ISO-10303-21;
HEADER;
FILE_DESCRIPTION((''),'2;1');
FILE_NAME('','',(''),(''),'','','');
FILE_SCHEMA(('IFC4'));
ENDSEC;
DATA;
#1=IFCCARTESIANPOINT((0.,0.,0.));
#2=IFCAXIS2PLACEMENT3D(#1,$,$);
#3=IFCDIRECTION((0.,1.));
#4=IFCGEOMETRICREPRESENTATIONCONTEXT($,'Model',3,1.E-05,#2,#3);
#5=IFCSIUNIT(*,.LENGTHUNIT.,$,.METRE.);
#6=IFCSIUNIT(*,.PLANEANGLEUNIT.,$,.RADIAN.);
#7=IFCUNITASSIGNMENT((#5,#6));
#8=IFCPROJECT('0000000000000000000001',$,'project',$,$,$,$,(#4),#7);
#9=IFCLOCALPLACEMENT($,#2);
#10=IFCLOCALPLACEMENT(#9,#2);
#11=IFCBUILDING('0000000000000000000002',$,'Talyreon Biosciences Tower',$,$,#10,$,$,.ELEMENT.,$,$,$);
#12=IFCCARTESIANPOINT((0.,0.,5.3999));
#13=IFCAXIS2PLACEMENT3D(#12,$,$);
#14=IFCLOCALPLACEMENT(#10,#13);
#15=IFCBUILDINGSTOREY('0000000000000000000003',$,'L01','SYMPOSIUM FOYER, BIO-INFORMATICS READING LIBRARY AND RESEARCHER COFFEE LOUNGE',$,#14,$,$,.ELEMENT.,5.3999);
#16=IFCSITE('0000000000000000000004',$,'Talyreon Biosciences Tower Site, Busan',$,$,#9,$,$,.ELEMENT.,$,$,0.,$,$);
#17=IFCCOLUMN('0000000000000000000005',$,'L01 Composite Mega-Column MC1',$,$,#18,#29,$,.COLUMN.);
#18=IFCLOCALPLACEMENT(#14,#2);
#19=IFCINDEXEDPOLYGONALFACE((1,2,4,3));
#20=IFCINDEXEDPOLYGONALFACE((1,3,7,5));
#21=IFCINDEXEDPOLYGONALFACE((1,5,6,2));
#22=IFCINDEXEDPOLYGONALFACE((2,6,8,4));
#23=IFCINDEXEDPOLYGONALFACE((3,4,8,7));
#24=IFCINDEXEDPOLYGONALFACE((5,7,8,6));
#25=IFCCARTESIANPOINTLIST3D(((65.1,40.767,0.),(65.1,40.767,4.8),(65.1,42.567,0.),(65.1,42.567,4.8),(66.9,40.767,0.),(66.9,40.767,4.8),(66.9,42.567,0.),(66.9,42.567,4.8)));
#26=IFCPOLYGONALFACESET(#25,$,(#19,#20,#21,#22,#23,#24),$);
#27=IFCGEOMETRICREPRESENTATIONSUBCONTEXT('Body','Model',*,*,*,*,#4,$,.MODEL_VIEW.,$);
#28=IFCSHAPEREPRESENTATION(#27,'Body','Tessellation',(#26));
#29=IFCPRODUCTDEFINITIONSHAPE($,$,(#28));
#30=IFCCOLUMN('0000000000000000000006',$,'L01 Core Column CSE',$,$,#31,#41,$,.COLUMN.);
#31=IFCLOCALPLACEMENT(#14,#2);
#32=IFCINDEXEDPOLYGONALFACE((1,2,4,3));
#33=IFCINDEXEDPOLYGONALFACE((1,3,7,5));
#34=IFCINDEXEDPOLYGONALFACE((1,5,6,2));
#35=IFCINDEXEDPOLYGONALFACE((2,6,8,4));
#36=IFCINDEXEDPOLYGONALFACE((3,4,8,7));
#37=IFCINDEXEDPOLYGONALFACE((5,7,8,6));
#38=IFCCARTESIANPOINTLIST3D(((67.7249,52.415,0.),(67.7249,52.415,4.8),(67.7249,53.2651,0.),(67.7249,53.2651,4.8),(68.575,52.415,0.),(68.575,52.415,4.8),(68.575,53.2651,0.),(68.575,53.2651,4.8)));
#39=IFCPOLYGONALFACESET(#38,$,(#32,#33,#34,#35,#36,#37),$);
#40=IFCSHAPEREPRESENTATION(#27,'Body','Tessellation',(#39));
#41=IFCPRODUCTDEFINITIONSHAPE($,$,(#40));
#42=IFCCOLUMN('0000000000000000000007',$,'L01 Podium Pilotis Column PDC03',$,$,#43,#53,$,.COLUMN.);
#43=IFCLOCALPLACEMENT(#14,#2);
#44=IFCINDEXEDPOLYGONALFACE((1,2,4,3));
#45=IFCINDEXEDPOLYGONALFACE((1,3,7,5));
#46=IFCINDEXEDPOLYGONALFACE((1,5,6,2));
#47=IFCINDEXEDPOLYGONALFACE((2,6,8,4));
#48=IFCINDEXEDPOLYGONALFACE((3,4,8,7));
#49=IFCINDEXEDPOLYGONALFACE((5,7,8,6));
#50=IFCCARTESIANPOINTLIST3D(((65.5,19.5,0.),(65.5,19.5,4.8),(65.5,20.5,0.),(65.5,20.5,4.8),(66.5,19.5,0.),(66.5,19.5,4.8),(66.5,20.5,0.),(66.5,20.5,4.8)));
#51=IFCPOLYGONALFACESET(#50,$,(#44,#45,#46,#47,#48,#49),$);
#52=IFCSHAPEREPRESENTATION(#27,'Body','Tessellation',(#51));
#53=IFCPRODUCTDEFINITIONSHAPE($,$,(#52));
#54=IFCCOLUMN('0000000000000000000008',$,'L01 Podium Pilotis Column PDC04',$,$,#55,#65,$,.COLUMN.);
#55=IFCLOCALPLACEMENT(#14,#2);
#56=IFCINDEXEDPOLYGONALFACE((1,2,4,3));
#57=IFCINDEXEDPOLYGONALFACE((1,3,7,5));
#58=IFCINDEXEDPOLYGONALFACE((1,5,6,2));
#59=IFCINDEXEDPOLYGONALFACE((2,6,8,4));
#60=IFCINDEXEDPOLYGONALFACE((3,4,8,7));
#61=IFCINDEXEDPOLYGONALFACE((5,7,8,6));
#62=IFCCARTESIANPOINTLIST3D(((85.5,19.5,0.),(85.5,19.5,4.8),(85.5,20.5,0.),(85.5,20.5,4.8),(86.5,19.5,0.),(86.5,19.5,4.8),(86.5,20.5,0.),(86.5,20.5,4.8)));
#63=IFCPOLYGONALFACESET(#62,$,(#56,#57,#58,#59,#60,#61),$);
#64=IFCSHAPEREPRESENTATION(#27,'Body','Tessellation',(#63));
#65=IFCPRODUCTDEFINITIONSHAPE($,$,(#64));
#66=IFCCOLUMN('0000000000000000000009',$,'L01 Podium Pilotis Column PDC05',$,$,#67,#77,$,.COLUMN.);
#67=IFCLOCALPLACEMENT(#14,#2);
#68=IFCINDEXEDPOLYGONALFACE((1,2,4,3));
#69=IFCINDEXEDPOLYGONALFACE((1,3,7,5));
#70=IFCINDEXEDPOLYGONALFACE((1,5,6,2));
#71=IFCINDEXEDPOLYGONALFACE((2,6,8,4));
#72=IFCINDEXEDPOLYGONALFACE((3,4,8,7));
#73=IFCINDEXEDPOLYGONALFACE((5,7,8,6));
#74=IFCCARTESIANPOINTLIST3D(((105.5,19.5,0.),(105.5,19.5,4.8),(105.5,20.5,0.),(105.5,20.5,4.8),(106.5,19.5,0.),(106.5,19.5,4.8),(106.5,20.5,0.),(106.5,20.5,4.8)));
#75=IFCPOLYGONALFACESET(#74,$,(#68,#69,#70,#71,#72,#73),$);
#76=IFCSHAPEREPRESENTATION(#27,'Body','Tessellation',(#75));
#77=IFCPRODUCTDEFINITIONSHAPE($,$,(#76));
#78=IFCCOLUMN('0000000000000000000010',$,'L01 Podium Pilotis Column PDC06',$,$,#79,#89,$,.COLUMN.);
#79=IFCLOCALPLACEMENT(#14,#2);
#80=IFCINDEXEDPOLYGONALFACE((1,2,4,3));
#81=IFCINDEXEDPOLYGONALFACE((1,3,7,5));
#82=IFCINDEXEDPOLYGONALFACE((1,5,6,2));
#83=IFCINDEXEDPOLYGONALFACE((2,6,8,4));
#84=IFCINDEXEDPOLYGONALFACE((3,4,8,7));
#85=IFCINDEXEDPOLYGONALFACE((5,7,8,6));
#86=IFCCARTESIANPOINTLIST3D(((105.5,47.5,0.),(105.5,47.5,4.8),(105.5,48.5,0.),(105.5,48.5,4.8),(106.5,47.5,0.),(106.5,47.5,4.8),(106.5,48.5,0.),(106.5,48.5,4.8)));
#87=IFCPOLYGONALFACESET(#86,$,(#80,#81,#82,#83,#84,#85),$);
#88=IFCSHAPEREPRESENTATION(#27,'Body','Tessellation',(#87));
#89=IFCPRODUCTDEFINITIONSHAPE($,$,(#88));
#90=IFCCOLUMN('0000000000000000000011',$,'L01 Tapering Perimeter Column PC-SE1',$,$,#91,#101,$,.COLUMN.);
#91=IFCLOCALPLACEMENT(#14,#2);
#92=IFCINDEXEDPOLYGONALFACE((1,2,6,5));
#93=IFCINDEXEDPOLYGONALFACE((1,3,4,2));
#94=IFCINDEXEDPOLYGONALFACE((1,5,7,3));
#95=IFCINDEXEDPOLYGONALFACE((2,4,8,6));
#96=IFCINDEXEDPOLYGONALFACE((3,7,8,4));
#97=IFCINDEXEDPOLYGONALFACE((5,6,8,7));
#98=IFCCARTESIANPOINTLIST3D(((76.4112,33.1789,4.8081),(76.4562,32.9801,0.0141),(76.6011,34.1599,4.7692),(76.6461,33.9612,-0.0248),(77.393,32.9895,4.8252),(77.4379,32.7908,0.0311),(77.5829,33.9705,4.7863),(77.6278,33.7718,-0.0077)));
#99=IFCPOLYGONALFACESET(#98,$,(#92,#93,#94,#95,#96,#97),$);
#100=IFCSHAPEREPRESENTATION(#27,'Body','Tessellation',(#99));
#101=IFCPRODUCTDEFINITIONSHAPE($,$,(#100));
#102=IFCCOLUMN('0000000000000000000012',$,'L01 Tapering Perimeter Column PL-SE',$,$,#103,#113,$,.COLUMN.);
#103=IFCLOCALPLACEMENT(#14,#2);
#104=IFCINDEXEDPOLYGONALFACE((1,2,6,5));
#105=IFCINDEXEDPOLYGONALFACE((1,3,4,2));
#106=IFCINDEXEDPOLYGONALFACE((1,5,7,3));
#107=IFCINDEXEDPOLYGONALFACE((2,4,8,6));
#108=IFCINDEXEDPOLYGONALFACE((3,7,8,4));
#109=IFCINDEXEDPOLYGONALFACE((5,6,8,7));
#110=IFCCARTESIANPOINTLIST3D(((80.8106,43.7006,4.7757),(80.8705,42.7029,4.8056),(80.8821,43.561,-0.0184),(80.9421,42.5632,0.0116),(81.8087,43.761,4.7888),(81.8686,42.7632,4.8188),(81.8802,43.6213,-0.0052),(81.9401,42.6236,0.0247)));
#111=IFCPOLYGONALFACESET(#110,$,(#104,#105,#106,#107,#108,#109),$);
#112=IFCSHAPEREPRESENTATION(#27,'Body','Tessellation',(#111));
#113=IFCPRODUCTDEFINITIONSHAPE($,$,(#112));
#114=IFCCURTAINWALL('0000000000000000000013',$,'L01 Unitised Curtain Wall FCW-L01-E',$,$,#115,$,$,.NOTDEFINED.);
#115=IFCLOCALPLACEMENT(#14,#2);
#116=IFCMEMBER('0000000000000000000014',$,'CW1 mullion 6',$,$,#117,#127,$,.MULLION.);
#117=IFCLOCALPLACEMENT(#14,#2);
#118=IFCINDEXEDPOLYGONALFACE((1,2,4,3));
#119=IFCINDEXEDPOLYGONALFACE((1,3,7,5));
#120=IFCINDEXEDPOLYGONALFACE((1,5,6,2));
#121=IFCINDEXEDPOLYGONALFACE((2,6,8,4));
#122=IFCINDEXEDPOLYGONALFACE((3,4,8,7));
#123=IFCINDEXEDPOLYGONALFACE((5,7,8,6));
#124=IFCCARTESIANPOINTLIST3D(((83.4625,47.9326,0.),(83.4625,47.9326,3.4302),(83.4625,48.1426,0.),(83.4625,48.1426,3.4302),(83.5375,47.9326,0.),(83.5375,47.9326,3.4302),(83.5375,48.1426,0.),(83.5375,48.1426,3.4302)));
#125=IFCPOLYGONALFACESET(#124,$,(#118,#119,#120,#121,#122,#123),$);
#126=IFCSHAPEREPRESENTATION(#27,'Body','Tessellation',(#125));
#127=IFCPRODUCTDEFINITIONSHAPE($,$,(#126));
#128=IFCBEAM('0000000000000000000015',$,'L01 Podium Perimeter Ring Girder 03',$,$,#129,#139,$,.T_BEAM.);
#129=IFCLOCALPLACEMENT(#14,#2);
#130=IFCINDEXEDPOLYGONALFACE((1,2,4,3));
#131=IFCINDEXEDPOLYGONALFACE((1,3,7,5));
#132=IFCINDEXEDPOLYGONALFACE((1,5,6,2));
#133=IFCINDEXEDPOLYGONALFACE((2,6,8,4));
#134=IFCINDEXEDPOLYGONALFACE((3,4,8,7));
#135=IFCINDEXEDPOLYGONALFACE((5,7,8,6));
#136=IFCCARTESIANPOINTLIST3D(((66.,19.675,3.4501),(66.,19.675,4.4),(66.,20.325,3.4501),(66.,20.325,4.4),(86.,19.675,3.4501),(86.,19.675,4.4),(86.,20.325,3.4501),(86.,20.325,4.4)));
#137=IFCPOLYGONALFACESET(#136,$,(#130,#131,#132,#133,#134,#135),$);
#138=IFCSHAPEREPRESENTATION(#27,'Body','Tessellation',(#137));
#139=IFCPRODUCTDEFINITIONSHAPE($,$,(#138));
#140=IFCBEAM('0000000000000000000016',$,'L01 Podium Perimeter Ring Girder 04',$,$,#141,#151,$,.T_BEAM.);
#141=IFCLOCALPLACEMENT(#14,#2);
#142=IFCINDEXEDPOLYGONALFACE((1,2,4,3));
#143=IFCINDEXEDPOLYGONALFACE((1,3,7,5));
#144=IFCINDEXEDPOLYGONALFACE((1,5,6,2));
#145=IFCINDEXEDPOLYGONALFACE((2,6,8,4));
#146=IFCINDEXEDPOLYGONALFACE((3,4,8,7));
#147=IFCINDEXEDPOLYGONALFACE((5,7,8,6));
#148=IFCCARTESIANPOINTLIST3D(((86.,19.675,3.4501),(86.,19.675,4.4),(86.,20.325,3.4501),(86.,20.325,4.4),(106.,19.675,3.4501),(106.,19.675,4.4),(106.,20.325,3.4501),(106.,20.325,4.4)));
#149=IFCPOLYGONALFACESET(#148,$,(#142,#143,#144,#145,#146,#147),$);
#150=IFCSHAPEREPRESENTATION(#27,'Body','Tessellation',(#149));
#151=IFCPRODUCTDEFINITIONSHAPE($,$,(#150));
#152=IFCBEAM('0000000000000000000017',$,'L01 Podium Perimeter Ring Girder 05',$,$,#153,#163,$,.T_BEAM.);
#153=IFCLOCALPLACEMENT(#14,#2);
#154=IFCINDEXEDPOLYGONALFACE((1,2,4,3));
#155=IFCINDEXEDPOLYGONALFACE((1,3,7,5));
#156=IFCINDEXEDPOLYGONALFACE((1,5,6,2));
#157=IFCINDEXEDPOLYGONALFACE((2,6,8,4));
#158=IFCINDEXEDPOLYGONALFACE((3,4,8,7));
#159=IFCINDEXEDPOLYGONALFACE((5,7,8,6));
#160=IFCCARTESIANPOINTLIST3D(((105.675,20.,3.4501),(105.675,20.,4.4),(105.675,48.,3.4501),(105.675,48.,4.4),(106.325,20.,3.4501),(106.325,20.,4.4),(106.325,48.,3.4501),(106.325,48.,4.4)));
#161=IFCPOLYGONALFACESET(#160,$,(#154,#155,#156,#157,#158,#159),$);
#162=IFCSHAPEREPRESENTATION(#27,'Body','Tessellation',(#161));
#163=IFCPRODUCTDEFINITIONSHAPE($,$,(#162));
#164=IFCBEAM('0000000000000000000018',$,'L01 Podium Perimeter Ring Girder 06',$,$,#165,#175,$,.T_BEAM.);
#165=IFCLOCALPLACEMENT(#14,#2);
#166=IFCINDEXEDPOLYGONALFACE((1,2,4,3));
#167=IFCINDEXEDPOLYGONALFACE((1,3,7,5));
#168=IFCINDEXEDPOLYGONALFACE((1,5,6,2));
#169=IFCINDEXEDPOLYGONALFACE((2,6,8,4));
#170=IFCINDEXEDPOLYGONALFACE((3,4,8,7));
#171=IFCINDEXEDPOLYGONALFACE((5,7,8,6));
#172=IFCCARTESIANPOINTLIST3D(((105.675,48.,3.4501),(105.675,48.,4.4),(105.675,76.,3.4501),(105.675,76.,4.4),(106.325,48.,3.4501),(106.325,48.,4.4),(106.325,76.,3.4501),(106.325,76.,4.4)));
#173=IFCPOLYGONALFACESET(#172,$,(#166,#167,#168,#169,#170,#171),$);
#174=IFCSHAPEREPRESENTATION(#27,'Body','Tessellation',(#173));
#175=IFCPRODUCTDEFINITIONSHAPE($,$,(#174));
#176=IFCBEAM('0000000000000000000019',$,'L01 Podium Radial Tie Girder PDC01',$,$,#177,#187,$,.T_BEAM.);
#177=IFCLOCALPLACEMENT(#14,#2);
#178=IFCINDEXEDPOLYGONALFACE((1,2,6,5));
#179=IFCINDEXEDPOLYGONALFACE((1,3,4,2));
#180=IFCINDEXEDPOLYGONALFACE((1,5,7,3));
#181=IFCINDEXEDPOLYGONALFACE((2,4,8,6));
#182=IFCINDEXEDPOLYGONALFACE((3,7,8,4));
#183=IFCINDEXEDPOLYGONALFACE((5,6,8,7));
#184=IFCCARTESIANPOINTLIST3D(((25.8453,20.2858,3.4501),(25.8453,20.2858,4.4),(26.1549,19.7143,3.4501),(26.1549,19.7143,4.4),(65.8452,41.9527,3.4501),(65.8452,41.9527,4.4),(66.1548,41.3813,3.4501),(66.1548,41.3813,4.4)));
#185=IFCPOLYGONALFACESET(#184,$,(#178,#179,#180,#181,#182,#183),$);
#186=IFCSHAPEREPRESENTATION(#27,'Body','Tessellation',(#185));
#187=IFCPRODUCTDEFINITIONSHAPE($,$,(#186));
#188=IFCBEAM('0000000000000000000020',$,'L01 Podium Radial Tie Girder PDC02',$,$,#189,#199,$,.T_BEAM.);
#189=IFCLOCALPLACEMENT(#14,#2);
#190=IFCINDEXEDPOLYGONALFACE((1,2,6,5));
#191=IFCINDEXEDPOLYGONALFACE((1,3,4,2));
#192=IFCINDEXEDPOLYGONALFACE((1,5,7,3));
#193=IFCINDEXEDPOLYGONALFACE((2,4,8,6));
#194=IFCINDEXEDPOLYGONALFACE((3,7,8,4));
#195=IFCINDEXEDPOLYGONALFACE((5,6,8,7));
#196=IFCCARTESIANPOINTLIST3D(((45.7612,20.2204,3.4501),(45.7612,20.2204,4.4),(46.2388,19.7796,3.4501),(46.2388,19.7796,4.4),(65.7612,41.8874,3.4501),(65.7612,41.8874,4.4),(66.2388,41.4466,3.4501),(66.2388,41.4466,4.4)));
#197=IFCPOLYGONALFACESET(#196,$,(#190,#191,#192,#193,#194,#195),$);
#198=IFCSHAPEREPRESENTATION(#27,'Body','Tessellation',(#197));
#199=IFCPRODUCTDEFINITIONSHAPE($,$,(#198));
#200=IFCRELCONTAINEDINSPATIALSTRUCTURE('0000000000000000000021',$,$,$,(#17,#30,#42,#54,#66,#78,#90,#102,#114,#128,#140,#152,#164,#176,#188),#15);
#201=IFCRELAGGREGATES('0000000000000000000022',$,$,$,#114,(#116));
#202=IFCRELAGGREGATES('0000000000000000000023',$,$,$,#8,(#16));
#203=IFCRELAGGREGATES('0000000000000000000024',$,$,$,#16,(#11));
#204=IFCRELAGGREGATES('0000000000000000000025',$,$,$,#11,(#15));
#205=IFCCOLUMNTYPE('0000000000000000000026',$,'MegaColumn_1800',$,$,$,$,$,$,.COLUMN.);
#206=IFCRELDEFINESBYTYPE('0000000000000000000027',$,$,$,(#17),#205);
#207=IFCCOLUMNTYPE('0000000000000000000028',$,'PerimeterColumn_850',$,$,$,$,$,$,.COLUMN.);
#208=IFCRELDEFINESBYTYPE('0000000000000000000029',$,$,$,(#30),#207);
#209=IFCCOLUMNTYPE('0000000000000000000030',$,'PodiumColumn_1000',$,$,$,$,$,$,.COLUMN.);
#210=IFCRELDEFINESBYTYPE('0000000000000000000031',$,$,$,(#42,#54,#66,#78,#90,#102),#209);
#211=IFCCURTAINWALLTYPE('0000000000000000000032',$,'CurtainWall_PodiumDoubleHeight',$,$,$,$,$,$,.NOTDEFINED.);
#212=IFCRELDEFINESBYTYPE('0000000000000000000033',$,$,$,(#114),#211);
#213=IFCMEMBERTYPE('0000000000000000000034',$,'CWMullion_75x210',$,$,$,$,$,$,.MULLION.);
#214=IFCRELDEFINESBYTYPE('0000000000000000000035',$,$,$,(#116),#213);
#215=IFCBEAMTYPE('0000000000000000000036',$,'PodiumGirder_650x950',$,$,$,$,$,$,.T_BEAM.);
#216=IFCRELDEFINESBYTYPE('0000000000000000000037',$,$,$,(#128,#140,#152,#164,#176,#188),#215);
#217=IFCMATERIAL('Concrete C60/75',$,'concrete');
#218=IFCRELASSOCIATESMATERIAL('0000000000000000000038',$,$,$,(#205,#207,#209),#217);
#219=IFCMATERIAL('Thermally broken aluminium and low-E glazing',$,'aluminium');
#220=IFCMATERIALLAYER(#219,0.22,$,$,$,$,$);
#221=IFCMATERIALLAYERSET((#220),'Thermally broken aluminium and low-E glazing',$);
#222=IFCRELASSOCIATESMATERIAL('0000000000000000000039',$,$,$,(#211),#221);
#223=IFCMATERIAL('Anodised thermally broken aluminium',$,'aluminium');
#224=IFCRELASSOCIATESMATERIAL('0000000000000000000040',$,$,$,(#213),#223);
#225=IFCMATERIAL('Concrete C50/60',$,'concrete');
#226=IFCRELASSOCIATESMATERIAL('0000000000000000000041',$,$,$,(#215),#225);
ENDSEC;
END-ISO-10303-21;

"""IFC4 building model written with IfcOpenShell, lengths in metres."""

from ifc_helpers import new_model, si_unit, direction, frame, origin, origin_2d, place, context, subcontext, project, spatial, rectangle, extrude, material, layer, layer_set, material_profile, profile_set, type_object, element, aggregate, save


model = new_model("IFC4")

# Units and contexts
model_context = context("Model", 3, precision=1e-05, world=origin(), true_north=direction((0.0, 1.0)))
body_context = subcontext(model_context, "Body", "Model", "MODEL_VIEW")
ifc_project = project(units=[si_unit("LENGTHUNIT", "METRE"), si_unit("PLANEANGLEUNIT", "RADIAN")], contexts=[model_context])

# Site, building, storey
site_placement = place(None, origin())
site = spatial("IfcSite", under=ifc_project, at=site_placement, Name="Talyreon Biosciences Tower Site, Busan", CompositionType="ELEMENT", RefElevation=0.0)
building_placement = place(site_placement, origin())
building = spatial("IfcBuilding", under=site, at=building_placement, Name="Talyreon Biosciences Tower", CompositionType="ELEMENT")
storey_placement = place(building_placement, frame((0.0, 0.0, 5.3999)))
storey = spatial("IfcBuildingStorey", under=building, at=storey_placement, Name="L01", Description="SYMPOSIUM FOYER, BIO-INFORMATICS READING LIBRARY AND RESEARCHER COFFEE LOUNGE", CompositionType="ELEMENT", Elevation=5.3999)

# Columns
ifc_material_1 = material(Name="Concrete C60/75", Category="concrete")
ifc_material_profile_1 = material_profile(ifc_material_1, rectangle(XDim=1.8, YDim=1.8, at=origin_2d()), Name="RC 1800x1800")
ifc_profile_set_1 = profile_set([ifc_material_profile_1], Name="Concrete C60/75")
column_type_1 = type_object("IfcColumnType", Name="MegaColumn_1800", PredefinedType="COLUMN", material=ifc_profile_set_1)
column_1_placement = place(storey_placement, frame((66.0, 41.667, 0.0), z_axis=(0.0, 0.0, 1.0), x_axis=(1.0, 0.0, 0.0)))
element("IfcColumn", 1, at=column_1_placement, inside=storey, type_object=column_type_1, Name="L01 Composite Mega-Column MC1", PredefinedType="COLUMN", context=body_context, shape_type="SweptSolid", body=[
    extrude(rectangle(XDim=1.8, YDim=1.8, at=origin_2d()), origin(), (0.0, 0.0, 1.0), 4.8),
])
ifc_material_profile_2 = material_profile(ifc_material_1, rectangle(XDim=0.8501, YDim=0.8501, at=origin_2d()), Name="RC 850x850")
ifc_profile_set_2 = profile_set([ifc_material_profile_2], Name="Concrete C60/75")
column_type_2 = type_object("IfcColumnType", Name="PerimeterColumn_850", PredefinedType="COLUMN", material=ifc_profile_set_2)
column_2_placement = place(storey_placement, frame((68.1499, 52.8401, 0.0), z_axis=(0.0, 0.0, 1.0), x_axis=(1.0, 0.0, 0.0)))
element("IfcColumn", 2, at=column_2_placement, inside=storey, type_object=column_type_2, Name="L01 Core Column CSE", PredefinedType="COLUMN", context=body_context, shape_type="SweptSolid", body=[
    extrude(rectangle(XDim=0.8501, YDim=0.8501, at=origin_2d()), origin(), (0.0, 0.0, 1.0), 4.8),
])
ifc_material_profile_3 = material_profile(ifc_material_1, rectangle(XDim=1.0, YDim=1.0, at=origin_2d()), Name="RC 1000x1000")
ifc_profile_set_3 = profile_set([ifc_material_profile_3], Name="Concrete C60/75")
column_type_3 = type_object("IfcColumnType", Name="PodiumColumn_1000", PredefinedType="COLUMN", material=ifc_profile_set_3)
for number, where, z_axis, x_axis, name in (
    (3, (66.0, 20.0, 0.0), (0.0, 0.0, 1.0), (1.0, 0.0, 0.0), "L01 Podium Pilotis Column PDC03"),
    (4, (86.0, 20.0, 0.0), (0.0, 0.0, 1.0), (1.0, 0.0, 0.0), "L01 Podium Pilotis Column PDC04"),
    (5, (106.0, 20.0, 0.0), (0.0, 0.0, 1.0), (1.0, 0.0, 0.0), "L01 Podium Pilotis Column PDC05"),
    (6, (106.0, 48.0, 0.0), (0.0, 0.0, 1.0), (1.0, 0.0, 0.0), "L01 Podium Pilotis Column PDC06"),
):
    element("IfcColumn", number, at=place(storey_placement, frame(where, z_axis=z_axis, x_axis=x_axis)), inside=storey, type_object=column_type_3, Name=name, PredefinedType="COLUMN", context=body_context, shape_type="SweptSolid", body=[
        extrude(rectangle(XDim=1.0, YDim=1.0, at=origin_2d()), origin(), (0.0, 0.0, 1.0), 4.8),
    ])
column_3_placement = place(storey_placement, frame((77.042, 33.376, 0.0032), z_axis=(-0.009362, 0.041417, 0.999098), x_axis=(-0.189906, -0.981032, 0.038889)))
element("IfcColumn", 7, at=column_3_placement, inside=storey, type_object=column_type_3, Name="L01 Tapering Perimeter Column PC-SE1", PredefinedType="COLUMN", context=body_context, shape_type="SweptSolid", body=[
    extrude(rectangle(XDim=1.0, YDim=1.0, at=origin_2d()), origin(), (0.0, 0.0, 1.0), 4.7983),
])
column_4_placement = place(storey_placement, frame((81.4111, 43.0923, 0.0032), z_axis=(-0.014914, 0.029115, 0.999465), x_axis=(0.059941, -0.997752, 0.029959)))
element("IfcColumn", 8, at=column_4_placement, inside=storey, type_object=column_type_3, Name="L01 Tapering Perimeter Column PL-SE", PredefinedType="COLUMN", context=body_context, shape_type="SweptSolid", body=[
    extrude(rectangle(XDim=1.0, YDim=1.0, at=origin_2d()), origin(), (0.0, 0.0, 1.0), 4.7966),
])

# Curtain wall, member
ifc_material_2 = material(Name="Thermally broken aluminium and low-E glazing", Category="aluminium")
ifc_layer_1 = layer(ifc_material_2, 0.22)
ifc_layer_set_1 = layer_set([ifc_layer_1], Name="Thermally broken aluminium and low-E glazing")
curtain_wall_type = type_object("IfcCurtainWallType", Name="CurtainWall_PodiumDoubleHeight", PredefinedType="NOTDEFINED", material=ifc_layer_set_1)
curtain_wall_placement = place(storey_placement, origin())
curtain_wall = element("IfcCurtainWall", 9, at=curtain_wall_placement, inside=storey, type_object=curtain_wall_type, Name="L01 Unitised Curtain Wall FCW-L01-E", PredefinedType="NOTDEFINED")
ifc_material_3 = material(Name="Anodised thermally broken aluminium", Category="aluminium")
ifc_material_profile_4 = material_profile(ifc_material_3, rectangle(XDim=0.075, YDim=0.21, at=origin_2d()), Name="ALUM MULLION 75x210")
ifc_profile_set_4 = profile_set([ifc_material_profile_4], Name="Anodised thermally broken aluminium")
member_type = type_object("IfcMemberType", Name="CWMullion_75x210", PredefinedType="MULLION", material=ifc_profile_set_4)
member_placement = place(storey_placement, frame((83.5, 48.0376, 0.0), z_axis=(0.0, 0.0, 1.0), x_axis=(1.0, 0.0, 0.0)))
member = element("IfcMember", 10, at=member_placement, type_object=member_type, Name="CW1 mullion 6", PredefinedType="MULLION", context=body_context, shape_type="SweptSolid", body=[
    extrude(rectangle(XDim=0.075, YDim=0.21, at=origin_2d()), origin(), (0.0, 0.0, 1.0), 3.4302),
])

# Beams
ifc_material_4 = material(Name="Concrete C50/60", Category="concrete")
ifc_material_profile_5 = material_profile(ifc_material_4, rectangle(XDim=0.6499, YDim=0.95, at=origin_2d()), Name="RCB 650x950")
ifc_profile_set_5 = profile_set([ifc_material_profile_5], Name="Concrete C50/60")
beam_type_1 = type_object("IfcBeamType", Name="PodiumGirder_650x950", PredefinedType="T_BEAM", material=ifc_profile_set_5)
for number, where, z_axis, x_axis, name in (
    (11, (66.0, 20.0, 3.925), (1.0, 0.0, 0.0), (0.0, 1.0, 0.0), "L01 Podium Perimeter Ring Girder 03"),
    (12, (86.0, 20.0, 3.925), (1.0, 0.0, 0.0), (0.0, 1.0, 0.0), "L01 Podium Perimeter Ring Girder 04"),
):
    element("IfcBeam", number, at=place(storey_placement, frame(where, z_axis=z_axis, x_axis=x_axis)), inside=storey, type_object=beam_type_1, Name=name, PredefinedType="T_BEAM", context=body_context, shape_type="SweptSolid", body=[
        extrude(rectangle(XDim=0.6499, YDim=0.95, at=origin_2d()), origin(), (0.0, 0.0, 1.0), 20.0),
    ])
for number, where, z_axis, x_axis, name in (
    (13, (106.0, 20.0, 3.925), (0.0, 1.0, 0.0), (-1.0, 0.0, 0.0), "L01 Podium Perimeter Ring Girder 05"),
    (14, (106.0, 48.0, 3.925), (0.0, 1.0, 0.0), (-1.0, 0.0, 0.0), "L01 Podium Perimeter Ring Girder 06"),
):
    element("IfcBeam", number, at=place(storey_placement, frame(where, z_axis=z_axis, x_axis=x_axis)), inside=storey, type_object=beam_type_1, Name=name, PredefinedType="T_BEAM", context=body_context, shape_type="SweptSolid", body=[
        extrude(rectangle(XDim=0.6499, YDim=0.95, at=origin_2d()), origin(), (0.0, 0.0, 1.0), 28.0),
    ])
beam_1_placement = place(storey_placement, frame((66.0, 41.667, 3.925), z_axis=(-0.879289, -0.476289, 0.0), x_axis=(0.476289, -0.879289, 0.0)))
element("IfcBeam", 15, at=beam_1_placement, inside=storey, type_object=beam_type_1, Name="L01 Podium Radial Tie Girder PDC01", PredefinedType="T_BEAM", context=body_context, shape_type="SweptSolid", body=[
    extrude(rectangle(XDim=0.6499, YDim=0.95, at=origin_2d()), origin(), (0.0, 0.0, 1.0), 45.4912),
])
beam_2_placement = place(storey_placement, frame((66.0, 41.667, 3.925), z_axis=(-0.678275, -0.734809, 0.0), x_axis=(0.734809, -0.678275, 0.0)))
element("IfcBeam", 16, at=beam_2_placement, inside=storey, type_object=beam_type_1, Name="L01 Podium Radial Tie Girder PDC02", PredefinedType="T_BEAM", context=body_context, shape_type="SweptSolid", body=[
    extrude(rectangle(XDim=0.6499, YDim=0.95, at=origin_2d()), origin(), (0.0, 0.0, 1.0), 29.4866),
])

aggregate(curtain_wall, [member])

save(model, "model.ifc")
